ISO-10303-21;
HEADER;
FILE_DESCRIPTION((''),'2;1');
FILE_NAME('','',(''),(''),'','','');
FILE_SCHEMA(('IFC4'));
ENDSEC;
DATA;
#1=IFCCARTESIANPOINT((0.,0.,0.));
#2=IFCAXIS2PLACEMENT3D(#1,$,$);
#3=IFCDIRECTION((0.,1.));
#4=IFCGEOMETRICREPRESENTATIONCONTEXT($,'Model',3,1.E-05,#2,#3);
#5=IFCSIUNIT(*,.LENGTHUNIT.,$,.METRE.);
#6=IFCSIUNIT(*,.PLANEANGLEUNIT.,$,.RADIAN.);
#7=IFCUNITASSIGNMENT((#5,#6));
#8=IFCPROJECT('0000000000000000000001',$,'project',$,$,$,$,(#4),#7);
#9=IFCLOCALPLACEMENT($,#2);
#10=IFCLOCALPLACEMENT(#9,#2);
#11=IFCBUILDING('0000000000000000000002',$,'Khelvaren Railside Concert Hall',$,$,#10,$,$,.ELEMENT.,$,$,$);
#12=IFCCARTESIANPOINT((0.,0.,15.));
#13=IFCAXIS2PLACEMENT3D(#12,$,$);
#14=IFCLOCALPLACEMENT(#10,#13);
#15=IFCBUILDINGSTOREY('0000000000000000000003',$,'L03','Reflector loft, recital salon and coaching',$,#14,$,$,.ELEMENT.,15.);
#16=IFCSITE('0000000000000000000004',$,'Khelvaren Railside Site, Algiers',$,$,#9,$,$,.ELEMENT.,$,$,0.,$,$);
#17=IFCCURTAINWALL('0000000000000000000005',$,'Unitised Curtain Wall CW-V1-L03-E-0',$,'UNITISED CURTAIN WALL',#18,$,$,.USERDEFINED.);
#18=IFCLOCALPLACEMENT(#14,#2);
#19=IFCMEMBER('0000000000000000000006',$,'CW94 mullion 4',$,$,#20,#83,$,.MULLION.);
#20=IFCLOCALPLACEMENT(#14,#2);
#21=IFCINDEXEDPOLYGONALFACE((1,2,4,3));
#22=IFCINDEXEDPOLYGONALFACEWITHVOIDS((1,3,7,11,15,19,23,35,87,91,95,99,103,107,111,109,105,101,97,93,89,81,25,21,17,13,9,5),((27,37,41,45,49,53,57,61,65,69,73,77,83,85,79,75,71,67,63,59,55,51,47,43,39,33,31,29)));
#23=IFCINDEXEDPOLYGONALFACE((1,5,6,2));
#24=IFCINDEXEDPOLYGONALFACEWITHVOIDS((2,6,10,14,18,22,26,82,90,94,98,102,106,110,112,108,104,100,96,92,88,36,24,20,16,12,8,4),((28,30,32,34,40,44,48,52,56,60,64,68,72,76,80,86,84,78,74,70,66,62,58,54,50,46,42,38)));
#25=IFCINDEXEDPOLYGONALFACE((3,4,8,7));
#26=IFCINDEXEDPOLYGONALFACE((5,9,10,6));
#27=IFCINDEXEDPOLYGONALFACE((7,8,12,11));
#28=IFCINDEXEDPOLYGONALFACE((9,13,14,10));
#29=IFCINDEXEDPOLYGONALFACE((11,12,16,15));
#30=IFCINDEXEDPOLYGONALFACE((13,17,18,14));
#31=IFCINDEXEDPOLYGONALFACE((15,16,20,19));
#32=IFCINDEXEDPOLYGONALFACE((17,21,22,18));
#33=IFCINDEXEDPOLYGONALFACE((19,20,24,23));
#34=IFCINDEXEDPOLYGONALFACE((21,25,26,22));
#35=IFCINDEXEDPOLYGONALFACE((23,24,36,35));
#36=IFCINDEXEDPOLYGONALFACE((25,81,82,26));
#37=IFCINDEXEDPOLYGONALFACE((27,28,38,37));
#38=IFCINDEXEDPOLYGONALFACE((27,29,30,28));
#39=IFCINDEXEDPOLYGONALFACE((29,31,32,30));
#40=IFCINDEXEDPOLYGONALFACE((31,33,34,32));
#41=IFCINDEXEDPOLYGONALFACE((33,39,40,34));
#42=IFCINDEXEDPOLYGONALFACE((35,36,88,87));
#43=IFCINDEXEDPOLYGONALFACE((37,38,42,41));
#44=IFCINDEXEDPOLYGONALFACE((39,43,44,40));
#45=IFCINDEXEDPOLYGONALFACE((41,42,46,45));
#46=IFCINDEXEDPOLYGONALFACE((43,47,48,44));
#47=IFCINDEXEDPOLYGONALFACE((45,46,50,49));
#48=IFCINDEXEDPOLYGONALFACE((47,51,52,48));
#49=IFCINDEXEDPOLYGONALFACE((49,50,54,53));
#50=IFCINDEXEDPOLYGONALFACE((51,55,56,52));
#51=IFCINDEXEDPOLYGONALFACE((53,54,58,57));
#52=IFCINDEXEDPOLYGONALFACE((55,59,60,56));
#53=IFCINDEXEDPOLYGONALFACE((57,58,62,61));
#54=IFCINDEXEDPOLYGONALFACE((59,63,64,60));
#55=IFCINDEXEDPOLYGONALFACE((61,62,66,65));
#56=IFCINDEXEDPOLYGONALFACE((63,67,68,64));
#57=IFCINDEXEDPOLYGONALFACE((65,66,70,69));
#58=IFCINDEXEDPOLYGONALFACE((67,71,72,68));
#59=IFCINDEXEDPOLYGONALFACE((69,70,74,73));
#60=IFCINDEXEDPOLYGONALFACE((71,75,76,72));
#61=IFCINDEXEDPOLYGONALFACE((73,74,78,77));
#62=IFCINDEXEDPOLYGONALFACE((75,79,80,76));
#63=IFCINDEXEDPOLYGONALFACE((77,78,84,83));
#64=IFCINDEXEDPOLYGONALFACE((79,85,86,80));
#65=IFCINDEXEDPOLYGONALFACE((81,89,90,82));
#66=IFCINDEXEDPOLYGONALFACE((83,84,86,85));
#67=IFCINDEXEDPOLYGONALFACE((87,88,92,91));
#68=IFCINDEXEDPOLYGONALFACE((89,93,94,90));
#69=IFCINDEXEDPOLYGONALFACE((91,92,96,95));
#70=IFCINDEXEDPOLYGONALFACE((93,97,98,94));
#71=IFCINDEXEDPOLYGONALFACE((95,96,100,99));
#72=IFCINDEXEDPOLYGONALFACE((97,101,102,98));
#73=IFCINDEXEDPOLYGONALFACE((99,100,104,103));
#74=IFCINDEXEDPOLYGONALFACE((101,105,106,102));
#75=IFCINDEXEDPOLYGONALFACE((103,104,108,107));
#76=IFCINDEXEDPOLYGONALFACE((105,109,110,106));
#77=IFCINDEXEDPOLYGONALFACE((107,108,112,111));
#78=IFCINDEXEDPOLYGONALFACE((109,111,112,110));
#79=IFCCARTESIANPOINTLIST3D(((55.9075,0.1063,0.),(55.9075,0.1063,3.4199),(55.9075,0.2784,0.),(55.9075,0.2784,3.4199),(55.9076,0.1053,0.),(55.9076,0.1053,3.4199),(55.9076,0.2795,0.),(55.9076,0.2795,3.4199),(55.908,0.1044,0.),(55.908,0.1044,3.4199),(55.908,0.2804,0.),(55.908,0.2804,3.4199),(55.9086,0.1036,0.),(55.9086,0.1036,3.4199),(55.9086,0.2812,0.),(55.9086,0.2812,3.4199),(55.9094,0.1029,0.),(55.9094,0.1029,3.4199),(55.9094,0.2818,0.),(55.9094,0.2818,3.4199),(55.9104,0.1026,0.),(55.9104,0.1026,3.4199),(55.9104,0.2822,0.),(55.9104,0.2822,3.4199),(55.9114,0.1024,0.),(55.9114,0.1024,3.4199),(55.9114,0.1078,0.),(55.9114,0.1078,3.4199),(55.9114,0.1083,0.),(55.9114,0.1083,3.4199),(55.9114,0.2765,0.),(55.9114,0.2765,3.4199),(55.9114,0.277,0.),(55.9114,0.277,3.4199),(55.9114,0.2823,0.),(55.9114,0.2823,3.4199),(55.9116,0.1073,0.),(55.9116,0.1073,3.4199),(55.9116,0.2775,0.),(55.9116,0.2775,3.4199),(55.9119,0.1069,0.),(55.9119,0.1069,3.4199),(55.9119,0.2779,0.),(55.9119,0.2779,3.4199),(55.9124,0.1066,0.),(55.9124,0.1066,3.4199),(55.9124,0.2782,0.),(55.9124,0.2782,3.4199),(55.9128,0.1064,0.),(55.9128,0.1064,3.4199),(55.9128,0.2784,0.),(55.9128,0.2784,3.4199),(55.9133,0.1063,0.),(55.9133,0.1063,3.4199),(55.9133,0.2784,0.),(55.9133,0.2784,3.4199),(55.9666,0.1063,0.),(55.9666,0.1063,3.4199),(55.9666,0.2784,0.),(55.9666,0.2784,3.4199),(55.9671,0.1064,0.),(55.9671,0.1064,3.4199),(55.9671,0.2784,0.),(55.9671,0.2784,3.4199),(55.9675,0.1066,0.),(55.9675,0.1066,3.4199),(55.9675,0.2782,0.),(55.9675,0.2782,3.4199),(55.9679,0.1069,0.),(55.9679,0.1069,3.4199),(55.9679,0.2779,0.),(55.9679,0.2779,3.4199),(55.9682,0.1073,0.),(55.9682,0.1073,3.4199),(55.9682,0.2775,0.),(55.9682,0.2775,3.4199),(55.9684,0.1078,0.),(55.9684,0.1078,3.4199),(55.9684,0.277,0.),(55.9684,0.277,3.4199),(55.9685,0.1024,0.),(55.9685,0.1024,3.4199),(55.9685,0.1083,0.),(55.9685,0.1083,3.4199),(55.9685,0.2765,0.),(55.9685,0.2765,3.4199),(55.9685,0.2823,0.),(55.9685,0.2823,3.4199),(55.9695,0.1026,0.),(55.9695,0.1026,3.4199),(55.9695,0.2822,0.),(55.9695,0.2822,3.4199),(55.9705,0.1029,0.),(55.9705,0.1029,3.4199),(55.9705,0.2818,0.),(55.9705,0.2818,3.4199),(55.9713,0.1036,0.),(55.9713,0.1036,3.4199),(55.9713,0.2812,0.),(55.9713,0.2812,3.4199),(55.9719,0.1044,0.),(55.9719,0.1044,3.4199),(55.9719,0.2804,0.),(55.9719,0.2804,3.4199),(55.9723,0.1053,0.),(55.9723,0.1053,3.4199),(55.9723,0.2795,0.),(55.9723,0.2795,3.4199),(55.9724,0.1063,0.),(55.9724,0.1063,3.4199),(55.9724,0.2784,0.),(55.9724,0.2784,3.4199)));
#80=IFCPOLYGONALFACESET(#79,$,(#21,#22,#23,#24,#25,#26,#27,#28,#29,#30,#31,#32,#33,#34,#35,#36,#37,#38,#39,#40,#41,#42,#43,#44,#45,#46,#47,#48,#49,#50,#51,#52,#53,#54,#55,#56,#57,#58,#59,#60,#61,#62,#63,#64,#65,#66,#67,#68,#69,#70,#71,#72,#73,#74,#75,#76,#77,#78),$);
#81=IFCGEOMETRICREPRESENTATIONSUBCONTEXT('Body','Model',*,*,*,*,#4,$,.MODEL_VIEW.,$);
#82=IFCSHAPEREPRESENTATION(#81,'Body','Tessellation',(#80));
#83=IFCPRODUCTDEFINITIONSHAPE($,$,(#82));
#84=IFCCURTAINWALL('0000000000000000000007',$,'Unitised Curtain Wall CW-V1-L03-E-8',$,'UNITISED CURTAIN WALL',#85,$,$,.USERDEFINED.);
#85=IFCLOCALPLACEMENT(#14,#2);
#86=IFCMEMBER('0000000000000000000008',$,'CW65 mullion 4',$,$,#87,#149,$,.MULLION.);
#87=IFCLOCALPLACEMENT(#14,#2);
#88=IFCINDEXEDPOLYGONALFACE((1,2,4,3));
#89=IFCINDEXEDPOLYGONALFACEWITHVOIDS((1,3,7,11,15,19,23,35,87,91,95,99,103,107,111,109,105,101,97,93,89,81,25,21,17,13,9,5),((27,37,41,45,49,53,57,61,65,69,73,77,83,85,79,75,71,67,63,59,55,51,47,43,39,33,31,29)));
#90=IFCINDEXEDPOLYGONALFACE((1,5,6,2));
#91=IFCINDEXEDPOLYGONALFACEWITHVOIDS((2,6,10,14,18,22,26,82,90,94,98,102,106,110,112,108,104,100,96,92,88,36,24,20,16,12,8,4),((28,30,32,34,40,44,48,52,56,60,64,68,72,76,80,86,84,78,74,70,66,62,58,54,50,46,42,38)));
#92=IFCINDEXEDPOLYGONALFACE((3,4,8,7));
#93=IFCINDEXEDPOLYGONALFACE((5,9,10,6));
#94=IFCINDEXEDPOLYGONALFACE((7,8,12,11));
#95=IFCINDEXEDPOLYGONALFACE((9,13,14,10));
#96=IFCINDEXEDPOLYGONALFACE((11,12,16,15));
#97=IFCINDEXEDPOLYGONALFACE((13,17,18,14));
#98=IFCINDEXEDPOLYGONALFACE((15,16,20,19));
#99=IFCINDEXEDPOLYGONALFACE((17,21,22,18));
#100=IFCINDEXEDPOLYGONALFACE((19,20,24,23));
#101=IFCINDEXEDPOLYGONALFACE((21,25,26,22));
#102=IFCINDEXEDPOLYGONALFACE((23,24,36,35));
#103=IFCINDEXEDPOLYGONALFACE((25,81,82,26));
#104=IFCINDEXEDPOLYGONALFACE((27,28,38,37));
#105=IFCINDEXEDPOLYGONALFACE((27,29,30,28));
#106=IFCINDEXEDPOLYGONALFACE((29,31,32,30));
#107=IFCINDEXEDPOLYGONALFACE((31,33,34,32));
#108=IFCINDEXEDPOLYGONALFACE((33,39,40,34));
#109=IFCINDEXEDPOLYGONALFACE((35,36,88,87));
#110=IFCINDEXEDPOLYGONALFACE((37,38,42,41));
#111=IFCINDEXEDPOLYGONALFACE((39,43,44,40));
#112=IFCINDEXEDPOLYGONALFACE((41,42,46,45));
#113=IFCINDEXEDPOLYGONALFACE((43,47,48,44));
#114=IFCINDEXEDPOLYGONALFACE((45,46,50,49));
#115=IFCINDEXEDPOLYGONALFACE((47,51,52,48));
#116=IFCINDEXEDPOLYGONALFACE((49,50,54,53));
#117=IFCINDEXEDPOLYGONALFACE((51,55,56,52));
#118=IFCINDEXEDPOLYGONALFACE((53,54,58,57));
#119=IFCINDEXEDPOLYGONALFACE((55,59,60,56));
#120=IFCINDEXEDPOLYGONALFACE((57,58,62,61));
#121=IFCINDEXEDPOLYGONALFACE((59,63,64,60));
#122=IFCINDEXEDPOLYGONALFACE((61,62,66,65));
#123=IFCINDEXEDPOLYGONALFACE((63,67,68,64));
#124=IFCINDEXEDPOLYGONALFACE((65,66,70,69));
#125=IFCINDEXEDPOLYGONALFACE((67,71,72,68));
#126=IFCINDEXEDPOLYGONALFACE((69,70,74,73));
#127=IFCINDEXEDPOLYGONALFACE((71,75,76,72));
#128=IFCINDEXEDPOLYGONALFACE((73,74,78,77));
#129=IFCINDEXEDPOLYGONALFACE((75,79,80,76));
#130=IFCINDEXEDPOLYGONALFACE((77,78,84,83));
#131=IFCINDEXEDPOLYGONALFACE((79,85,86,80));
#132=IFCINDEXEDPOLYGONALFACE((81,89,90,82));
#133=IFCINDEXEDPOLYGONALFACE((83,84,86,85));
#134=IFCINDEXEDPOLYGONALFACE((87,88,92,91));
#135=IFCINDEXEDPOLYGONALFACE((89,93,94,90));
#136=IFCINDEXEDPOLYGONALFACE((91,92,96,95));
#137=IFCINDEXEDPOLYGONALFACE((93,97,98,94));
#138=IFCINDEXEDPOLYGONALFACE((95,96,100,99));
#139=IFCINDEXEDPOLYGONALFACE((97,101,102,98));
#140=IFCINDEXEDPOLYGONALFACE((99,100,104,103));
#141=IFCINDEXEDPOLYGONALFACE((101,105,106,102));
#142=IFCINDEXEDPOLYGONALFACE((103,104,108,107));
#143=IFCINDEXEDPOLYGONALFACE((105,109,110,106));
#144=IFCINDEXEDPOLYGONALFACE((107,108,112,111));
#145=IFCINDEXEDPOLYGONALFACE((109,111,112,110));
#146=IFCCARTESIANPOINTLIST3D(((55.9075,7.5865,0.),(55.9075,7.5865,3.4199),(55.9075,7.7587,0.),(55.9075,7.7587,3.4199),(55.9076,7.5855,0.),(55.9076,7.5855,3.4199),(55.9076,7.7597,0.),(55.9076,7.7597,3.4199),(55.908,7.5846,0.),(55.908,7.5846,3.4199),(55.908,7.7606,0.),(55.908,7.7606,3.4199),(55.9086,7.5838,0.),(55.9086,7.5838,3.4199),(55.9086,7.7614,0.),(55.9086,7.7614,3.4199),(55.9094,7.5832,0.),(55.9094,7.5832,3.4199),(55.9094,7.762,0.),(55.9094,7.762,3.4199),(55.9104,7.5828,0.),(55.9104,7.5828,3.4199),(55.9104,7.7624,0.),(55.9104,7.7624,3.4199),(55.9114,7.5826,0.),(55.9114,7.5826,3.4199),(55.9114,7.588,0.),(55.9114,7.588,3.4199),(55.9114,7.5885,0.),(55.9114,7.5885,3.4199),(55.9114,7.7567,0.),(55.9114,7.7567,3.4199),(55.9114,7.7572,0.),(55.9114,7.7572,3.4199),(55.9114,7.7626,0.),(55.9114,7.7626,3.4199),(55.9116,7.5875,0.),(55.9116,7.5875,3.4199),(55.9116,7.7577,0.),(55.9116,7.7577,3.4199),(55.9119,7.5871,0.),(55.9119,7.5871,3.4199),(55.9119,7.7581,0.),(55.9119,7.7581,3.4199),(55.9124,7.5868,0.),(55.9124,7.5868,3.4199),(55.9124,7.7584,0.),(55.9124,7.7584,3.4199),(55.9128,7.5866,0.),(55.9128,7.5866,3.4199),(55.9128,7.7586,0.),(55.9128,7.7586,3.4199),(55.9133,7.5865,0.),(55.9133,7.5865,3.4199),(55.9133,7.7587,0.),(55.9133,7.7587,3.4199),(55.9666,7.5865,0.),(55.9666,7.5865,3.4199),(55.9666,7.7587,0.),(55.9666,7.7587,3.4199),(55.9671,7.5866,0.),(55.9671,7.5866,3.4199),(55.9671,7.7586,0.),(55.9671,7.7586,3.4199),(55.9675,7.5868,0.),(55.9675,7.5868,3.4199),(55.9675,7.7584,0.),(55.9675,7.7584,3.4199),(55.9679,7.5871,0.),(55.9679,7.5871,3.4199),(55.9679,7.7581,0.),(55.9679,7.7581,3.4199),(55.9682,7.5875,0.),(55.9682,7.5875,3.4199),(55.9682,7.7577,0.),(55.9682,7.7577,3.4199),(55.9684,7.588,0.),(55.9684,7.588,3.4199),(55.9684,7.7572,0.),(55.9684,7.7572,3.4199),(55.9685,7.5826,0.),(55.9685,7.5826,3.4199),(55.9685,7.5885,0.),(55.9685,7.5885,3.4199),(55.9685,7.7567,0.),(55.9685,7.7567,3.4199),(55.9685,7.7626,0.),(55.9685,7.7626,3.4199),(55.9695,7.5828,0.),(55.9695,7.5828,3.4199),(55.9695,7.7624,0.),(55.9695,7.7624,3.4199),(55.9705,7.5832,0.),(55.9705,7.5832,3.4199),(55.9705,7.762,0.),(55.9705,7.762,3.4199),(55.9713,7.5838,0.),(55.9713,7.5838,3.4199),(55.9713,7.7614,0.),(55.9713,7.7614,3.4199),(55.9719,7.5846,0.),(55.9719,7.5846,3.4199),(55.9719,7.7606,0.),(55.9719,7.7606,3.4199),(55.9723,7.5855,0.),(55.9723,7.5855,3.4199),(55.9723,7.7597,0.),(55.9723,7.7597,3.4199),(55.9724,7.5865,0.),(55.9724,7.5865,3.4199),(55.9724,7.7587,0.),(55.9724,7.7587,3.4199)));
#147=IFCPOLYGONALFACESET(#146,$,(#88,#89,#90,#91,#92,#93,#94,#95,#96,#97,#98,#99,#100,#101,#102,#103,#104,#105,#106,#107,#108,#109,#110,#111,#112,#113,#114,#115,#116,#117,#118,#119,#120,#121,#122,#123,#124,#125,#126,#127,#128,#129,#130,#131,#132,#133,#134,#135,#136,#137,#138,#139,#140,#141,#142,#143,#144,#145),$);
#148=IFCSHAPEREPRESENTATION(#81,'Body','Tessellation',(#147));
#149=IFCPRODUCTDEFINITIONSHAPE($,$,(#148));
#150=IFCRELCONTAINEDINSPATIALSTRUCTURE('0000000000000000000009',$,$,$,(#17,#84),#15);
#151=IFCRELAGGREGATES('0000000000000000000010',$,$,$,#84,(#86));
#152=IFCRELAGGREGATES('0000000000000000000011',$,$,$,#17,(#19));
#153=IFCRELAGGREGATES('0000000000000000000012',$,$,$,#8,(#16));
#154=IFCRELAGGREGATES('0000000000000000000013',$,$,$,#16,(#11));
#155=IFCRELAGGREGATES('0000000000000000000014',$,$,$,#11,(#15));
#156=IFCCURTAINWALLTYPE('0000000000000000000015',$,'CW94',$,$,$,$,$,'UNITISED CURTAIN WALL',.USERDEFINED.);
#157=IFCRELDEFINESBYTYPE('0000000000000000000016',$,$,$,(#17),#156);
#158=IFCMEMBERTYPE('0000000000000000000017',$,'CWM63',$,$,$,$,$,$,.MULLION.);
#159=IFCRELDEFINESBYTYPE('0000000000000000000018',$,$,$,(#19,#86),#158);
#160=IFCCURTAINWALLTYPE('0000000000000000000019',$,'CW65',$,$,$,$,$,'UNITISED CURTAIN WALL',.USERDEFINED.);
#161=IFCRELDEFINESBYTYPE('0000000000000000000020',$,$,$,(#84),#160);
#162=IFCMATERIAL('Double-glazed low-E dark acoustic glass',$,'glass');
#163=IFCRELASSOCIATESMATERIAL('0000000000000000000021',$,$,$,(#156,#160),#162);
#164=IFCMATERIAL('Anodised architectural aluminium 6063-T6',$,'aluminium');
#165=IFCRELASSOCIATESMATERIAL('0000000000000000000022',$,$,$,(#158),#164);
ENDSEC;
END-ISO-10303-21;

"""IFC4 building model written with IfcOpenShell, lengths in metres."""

from ifc_helpers import new_model, si_unit, direction, frame, origin, origin_2d, place, context, subcontext, project, spatial, hollow_rectangle, extrude, material, material_profile, profile_set, type_object, element, aggregate, save


model = new_model("IFC4")

# Units and contexts
model_context = context("Model", 3, precision=1e-05, world=origin(), true_north=direction((0.0, 1.0)))
body_context = subcontext(model_context, "Body", "Model", "MODEL_VIEW")
ifc_project = project(units=[si_unit("LENGTHUNIT", "METRE"), si_unit("PLANEANGLEUNIT", "RADIAN")], contexts=[model_context])

# Site, building, storey
site_placement = place(None, origin())
site = spatial("IfcSite", under=ifc_project, at=site_placement, Name="Khelvaren Railside Site, Algiers", CompositionType="ELEMENT", RefElevation=0.0)
building_placement = place(site_placement, origin())
building = spatial("IfcBuilding", under=site, at=building_placement, Name="Khelvaren Railside Concert Hall", CompositionType="ELEMENT")
storey_placement = place(building_placement, frame((0.0, 0.0, 15.0)))
storey = spatial("IfcBuildingStorey", under=building, at=storey_placement, Name="L03", Description="Reflector loft, recital salon and coaching", CompositionType="ELEMENT", Elevation=15.0)

# Curtain wall, member
ifc_material_1 = material(Name="Double-glazed low-E dark acoustic glass", Category="glass")
curtain_wall_type_1 = type_object("IfcCurtainWallType", Name="CW94", ElementType="UNITISED CURTAIN WALL", PredefinedType="USERDEFINED", material=ifc_material_1)
curtain_wall_1_placement = place(storey_placement, origin())
curtain_wall_1 = element("IfcCurtainWall", 1, at=curtain_wall_1_placement, inside=storey, type_object=curtain_wall_type_1, Name="Unitised Curtain Wall CW-V1-L03-E-0", ObjectType="UNITISED CURTAIN WALL", PredefinedType="USERDEFINED")
ifc_material_2 = material(Name="Anodised architectural aluminium 6063-T6", Category="aluminium")
ifc_material_profile_1 = material_profile(ifc_material_2, hollow_rectangle(XDim=0.0649, YDim=0.1799, WallThickness=0.0039, InnerFilletRadius=0.002, OuterFilletRadius=0.0039, at=origin_2d()), Name="CWM 65x180x4")
ifc_profile_set_1 = profile_set([ifc_material_profile_1], Name="Anodised architectural aluminium 6063-T6")
member_type_1 = type_object("IfcMemberType", Name="CWM63", PredefinedType="MULLION", material=ifc_profile_set_1)
member_1_placement = place(storey_placement, frame((55.9399, 0.1924, 0.0), z_axis=(0.0, 0.0, 1.0), x_axis=(1.0, 0.0, 0.0)))
member_1 = element("IfcMember", 2, at=member_1_placement, type_object=member_type_1, Name="CW94 mullion 4", PredefinedType="MULLION", context=body_context, shape_type="SweptSolid", body=[
    extrude(hollow_rectangle(XDim=0.0649, YDim=0.1799, WallThickness=0.0039, InnerFilletRadius=0.002, OuterFilletRadius=0.0039, at=origin_2d()), origin(), (0.0, 0.0, 1.0), 3.4199),
])

# Curtain wall, member
curtain_wall_type_2 = type_object("IfcCurtainWallType", Name="CW65", ElementType="UNITISED CURTAIN WALL", PredefinedType="USERDEFINED", material=ifc_material_1)
curtain_wall_2_placement = place(storey_placement, origin())
curtain_wall_2 = element("IfcCurtainWall", 3, at=curtain_wall_2_placement, inside=storey, type_object=curtain_wall_type_2, Name="Unitised Curtain Wall CW-V1-L03-E-8", ObjectType="UNITISED CURTAIN WALL", PredefinedType="USERDEFINED")
member_2_placement = place(storey_placement, frame((55.9399, 7.6726, 0.0), z_axis=(0.0, 0.0, 1.0), x_axis=(1.0, 0.0, 0.0)))
member_2 = element("IfcMember", 4, at=member_2_placement, type_object=member_type_1, Name="CW65 mullion 4", PredefinedType="MULLION", context=body_context, shape_type="SweptSolid", body=[
    extrude(hollow_rectangle(XDim=0.0649, YDim=0.1799, WallThickness=0.0039, InnerFilletRadius=0.002, OuterFilletRadius=0.0039, at=origin_2d()), origin(), (0.0, 0.0, 1.0), 3.4199),
])
aggregate(curtain_wall_2, [member_2])

aggregate(curtain_wall_1, [member_1])

save(model, "model.ifc")
